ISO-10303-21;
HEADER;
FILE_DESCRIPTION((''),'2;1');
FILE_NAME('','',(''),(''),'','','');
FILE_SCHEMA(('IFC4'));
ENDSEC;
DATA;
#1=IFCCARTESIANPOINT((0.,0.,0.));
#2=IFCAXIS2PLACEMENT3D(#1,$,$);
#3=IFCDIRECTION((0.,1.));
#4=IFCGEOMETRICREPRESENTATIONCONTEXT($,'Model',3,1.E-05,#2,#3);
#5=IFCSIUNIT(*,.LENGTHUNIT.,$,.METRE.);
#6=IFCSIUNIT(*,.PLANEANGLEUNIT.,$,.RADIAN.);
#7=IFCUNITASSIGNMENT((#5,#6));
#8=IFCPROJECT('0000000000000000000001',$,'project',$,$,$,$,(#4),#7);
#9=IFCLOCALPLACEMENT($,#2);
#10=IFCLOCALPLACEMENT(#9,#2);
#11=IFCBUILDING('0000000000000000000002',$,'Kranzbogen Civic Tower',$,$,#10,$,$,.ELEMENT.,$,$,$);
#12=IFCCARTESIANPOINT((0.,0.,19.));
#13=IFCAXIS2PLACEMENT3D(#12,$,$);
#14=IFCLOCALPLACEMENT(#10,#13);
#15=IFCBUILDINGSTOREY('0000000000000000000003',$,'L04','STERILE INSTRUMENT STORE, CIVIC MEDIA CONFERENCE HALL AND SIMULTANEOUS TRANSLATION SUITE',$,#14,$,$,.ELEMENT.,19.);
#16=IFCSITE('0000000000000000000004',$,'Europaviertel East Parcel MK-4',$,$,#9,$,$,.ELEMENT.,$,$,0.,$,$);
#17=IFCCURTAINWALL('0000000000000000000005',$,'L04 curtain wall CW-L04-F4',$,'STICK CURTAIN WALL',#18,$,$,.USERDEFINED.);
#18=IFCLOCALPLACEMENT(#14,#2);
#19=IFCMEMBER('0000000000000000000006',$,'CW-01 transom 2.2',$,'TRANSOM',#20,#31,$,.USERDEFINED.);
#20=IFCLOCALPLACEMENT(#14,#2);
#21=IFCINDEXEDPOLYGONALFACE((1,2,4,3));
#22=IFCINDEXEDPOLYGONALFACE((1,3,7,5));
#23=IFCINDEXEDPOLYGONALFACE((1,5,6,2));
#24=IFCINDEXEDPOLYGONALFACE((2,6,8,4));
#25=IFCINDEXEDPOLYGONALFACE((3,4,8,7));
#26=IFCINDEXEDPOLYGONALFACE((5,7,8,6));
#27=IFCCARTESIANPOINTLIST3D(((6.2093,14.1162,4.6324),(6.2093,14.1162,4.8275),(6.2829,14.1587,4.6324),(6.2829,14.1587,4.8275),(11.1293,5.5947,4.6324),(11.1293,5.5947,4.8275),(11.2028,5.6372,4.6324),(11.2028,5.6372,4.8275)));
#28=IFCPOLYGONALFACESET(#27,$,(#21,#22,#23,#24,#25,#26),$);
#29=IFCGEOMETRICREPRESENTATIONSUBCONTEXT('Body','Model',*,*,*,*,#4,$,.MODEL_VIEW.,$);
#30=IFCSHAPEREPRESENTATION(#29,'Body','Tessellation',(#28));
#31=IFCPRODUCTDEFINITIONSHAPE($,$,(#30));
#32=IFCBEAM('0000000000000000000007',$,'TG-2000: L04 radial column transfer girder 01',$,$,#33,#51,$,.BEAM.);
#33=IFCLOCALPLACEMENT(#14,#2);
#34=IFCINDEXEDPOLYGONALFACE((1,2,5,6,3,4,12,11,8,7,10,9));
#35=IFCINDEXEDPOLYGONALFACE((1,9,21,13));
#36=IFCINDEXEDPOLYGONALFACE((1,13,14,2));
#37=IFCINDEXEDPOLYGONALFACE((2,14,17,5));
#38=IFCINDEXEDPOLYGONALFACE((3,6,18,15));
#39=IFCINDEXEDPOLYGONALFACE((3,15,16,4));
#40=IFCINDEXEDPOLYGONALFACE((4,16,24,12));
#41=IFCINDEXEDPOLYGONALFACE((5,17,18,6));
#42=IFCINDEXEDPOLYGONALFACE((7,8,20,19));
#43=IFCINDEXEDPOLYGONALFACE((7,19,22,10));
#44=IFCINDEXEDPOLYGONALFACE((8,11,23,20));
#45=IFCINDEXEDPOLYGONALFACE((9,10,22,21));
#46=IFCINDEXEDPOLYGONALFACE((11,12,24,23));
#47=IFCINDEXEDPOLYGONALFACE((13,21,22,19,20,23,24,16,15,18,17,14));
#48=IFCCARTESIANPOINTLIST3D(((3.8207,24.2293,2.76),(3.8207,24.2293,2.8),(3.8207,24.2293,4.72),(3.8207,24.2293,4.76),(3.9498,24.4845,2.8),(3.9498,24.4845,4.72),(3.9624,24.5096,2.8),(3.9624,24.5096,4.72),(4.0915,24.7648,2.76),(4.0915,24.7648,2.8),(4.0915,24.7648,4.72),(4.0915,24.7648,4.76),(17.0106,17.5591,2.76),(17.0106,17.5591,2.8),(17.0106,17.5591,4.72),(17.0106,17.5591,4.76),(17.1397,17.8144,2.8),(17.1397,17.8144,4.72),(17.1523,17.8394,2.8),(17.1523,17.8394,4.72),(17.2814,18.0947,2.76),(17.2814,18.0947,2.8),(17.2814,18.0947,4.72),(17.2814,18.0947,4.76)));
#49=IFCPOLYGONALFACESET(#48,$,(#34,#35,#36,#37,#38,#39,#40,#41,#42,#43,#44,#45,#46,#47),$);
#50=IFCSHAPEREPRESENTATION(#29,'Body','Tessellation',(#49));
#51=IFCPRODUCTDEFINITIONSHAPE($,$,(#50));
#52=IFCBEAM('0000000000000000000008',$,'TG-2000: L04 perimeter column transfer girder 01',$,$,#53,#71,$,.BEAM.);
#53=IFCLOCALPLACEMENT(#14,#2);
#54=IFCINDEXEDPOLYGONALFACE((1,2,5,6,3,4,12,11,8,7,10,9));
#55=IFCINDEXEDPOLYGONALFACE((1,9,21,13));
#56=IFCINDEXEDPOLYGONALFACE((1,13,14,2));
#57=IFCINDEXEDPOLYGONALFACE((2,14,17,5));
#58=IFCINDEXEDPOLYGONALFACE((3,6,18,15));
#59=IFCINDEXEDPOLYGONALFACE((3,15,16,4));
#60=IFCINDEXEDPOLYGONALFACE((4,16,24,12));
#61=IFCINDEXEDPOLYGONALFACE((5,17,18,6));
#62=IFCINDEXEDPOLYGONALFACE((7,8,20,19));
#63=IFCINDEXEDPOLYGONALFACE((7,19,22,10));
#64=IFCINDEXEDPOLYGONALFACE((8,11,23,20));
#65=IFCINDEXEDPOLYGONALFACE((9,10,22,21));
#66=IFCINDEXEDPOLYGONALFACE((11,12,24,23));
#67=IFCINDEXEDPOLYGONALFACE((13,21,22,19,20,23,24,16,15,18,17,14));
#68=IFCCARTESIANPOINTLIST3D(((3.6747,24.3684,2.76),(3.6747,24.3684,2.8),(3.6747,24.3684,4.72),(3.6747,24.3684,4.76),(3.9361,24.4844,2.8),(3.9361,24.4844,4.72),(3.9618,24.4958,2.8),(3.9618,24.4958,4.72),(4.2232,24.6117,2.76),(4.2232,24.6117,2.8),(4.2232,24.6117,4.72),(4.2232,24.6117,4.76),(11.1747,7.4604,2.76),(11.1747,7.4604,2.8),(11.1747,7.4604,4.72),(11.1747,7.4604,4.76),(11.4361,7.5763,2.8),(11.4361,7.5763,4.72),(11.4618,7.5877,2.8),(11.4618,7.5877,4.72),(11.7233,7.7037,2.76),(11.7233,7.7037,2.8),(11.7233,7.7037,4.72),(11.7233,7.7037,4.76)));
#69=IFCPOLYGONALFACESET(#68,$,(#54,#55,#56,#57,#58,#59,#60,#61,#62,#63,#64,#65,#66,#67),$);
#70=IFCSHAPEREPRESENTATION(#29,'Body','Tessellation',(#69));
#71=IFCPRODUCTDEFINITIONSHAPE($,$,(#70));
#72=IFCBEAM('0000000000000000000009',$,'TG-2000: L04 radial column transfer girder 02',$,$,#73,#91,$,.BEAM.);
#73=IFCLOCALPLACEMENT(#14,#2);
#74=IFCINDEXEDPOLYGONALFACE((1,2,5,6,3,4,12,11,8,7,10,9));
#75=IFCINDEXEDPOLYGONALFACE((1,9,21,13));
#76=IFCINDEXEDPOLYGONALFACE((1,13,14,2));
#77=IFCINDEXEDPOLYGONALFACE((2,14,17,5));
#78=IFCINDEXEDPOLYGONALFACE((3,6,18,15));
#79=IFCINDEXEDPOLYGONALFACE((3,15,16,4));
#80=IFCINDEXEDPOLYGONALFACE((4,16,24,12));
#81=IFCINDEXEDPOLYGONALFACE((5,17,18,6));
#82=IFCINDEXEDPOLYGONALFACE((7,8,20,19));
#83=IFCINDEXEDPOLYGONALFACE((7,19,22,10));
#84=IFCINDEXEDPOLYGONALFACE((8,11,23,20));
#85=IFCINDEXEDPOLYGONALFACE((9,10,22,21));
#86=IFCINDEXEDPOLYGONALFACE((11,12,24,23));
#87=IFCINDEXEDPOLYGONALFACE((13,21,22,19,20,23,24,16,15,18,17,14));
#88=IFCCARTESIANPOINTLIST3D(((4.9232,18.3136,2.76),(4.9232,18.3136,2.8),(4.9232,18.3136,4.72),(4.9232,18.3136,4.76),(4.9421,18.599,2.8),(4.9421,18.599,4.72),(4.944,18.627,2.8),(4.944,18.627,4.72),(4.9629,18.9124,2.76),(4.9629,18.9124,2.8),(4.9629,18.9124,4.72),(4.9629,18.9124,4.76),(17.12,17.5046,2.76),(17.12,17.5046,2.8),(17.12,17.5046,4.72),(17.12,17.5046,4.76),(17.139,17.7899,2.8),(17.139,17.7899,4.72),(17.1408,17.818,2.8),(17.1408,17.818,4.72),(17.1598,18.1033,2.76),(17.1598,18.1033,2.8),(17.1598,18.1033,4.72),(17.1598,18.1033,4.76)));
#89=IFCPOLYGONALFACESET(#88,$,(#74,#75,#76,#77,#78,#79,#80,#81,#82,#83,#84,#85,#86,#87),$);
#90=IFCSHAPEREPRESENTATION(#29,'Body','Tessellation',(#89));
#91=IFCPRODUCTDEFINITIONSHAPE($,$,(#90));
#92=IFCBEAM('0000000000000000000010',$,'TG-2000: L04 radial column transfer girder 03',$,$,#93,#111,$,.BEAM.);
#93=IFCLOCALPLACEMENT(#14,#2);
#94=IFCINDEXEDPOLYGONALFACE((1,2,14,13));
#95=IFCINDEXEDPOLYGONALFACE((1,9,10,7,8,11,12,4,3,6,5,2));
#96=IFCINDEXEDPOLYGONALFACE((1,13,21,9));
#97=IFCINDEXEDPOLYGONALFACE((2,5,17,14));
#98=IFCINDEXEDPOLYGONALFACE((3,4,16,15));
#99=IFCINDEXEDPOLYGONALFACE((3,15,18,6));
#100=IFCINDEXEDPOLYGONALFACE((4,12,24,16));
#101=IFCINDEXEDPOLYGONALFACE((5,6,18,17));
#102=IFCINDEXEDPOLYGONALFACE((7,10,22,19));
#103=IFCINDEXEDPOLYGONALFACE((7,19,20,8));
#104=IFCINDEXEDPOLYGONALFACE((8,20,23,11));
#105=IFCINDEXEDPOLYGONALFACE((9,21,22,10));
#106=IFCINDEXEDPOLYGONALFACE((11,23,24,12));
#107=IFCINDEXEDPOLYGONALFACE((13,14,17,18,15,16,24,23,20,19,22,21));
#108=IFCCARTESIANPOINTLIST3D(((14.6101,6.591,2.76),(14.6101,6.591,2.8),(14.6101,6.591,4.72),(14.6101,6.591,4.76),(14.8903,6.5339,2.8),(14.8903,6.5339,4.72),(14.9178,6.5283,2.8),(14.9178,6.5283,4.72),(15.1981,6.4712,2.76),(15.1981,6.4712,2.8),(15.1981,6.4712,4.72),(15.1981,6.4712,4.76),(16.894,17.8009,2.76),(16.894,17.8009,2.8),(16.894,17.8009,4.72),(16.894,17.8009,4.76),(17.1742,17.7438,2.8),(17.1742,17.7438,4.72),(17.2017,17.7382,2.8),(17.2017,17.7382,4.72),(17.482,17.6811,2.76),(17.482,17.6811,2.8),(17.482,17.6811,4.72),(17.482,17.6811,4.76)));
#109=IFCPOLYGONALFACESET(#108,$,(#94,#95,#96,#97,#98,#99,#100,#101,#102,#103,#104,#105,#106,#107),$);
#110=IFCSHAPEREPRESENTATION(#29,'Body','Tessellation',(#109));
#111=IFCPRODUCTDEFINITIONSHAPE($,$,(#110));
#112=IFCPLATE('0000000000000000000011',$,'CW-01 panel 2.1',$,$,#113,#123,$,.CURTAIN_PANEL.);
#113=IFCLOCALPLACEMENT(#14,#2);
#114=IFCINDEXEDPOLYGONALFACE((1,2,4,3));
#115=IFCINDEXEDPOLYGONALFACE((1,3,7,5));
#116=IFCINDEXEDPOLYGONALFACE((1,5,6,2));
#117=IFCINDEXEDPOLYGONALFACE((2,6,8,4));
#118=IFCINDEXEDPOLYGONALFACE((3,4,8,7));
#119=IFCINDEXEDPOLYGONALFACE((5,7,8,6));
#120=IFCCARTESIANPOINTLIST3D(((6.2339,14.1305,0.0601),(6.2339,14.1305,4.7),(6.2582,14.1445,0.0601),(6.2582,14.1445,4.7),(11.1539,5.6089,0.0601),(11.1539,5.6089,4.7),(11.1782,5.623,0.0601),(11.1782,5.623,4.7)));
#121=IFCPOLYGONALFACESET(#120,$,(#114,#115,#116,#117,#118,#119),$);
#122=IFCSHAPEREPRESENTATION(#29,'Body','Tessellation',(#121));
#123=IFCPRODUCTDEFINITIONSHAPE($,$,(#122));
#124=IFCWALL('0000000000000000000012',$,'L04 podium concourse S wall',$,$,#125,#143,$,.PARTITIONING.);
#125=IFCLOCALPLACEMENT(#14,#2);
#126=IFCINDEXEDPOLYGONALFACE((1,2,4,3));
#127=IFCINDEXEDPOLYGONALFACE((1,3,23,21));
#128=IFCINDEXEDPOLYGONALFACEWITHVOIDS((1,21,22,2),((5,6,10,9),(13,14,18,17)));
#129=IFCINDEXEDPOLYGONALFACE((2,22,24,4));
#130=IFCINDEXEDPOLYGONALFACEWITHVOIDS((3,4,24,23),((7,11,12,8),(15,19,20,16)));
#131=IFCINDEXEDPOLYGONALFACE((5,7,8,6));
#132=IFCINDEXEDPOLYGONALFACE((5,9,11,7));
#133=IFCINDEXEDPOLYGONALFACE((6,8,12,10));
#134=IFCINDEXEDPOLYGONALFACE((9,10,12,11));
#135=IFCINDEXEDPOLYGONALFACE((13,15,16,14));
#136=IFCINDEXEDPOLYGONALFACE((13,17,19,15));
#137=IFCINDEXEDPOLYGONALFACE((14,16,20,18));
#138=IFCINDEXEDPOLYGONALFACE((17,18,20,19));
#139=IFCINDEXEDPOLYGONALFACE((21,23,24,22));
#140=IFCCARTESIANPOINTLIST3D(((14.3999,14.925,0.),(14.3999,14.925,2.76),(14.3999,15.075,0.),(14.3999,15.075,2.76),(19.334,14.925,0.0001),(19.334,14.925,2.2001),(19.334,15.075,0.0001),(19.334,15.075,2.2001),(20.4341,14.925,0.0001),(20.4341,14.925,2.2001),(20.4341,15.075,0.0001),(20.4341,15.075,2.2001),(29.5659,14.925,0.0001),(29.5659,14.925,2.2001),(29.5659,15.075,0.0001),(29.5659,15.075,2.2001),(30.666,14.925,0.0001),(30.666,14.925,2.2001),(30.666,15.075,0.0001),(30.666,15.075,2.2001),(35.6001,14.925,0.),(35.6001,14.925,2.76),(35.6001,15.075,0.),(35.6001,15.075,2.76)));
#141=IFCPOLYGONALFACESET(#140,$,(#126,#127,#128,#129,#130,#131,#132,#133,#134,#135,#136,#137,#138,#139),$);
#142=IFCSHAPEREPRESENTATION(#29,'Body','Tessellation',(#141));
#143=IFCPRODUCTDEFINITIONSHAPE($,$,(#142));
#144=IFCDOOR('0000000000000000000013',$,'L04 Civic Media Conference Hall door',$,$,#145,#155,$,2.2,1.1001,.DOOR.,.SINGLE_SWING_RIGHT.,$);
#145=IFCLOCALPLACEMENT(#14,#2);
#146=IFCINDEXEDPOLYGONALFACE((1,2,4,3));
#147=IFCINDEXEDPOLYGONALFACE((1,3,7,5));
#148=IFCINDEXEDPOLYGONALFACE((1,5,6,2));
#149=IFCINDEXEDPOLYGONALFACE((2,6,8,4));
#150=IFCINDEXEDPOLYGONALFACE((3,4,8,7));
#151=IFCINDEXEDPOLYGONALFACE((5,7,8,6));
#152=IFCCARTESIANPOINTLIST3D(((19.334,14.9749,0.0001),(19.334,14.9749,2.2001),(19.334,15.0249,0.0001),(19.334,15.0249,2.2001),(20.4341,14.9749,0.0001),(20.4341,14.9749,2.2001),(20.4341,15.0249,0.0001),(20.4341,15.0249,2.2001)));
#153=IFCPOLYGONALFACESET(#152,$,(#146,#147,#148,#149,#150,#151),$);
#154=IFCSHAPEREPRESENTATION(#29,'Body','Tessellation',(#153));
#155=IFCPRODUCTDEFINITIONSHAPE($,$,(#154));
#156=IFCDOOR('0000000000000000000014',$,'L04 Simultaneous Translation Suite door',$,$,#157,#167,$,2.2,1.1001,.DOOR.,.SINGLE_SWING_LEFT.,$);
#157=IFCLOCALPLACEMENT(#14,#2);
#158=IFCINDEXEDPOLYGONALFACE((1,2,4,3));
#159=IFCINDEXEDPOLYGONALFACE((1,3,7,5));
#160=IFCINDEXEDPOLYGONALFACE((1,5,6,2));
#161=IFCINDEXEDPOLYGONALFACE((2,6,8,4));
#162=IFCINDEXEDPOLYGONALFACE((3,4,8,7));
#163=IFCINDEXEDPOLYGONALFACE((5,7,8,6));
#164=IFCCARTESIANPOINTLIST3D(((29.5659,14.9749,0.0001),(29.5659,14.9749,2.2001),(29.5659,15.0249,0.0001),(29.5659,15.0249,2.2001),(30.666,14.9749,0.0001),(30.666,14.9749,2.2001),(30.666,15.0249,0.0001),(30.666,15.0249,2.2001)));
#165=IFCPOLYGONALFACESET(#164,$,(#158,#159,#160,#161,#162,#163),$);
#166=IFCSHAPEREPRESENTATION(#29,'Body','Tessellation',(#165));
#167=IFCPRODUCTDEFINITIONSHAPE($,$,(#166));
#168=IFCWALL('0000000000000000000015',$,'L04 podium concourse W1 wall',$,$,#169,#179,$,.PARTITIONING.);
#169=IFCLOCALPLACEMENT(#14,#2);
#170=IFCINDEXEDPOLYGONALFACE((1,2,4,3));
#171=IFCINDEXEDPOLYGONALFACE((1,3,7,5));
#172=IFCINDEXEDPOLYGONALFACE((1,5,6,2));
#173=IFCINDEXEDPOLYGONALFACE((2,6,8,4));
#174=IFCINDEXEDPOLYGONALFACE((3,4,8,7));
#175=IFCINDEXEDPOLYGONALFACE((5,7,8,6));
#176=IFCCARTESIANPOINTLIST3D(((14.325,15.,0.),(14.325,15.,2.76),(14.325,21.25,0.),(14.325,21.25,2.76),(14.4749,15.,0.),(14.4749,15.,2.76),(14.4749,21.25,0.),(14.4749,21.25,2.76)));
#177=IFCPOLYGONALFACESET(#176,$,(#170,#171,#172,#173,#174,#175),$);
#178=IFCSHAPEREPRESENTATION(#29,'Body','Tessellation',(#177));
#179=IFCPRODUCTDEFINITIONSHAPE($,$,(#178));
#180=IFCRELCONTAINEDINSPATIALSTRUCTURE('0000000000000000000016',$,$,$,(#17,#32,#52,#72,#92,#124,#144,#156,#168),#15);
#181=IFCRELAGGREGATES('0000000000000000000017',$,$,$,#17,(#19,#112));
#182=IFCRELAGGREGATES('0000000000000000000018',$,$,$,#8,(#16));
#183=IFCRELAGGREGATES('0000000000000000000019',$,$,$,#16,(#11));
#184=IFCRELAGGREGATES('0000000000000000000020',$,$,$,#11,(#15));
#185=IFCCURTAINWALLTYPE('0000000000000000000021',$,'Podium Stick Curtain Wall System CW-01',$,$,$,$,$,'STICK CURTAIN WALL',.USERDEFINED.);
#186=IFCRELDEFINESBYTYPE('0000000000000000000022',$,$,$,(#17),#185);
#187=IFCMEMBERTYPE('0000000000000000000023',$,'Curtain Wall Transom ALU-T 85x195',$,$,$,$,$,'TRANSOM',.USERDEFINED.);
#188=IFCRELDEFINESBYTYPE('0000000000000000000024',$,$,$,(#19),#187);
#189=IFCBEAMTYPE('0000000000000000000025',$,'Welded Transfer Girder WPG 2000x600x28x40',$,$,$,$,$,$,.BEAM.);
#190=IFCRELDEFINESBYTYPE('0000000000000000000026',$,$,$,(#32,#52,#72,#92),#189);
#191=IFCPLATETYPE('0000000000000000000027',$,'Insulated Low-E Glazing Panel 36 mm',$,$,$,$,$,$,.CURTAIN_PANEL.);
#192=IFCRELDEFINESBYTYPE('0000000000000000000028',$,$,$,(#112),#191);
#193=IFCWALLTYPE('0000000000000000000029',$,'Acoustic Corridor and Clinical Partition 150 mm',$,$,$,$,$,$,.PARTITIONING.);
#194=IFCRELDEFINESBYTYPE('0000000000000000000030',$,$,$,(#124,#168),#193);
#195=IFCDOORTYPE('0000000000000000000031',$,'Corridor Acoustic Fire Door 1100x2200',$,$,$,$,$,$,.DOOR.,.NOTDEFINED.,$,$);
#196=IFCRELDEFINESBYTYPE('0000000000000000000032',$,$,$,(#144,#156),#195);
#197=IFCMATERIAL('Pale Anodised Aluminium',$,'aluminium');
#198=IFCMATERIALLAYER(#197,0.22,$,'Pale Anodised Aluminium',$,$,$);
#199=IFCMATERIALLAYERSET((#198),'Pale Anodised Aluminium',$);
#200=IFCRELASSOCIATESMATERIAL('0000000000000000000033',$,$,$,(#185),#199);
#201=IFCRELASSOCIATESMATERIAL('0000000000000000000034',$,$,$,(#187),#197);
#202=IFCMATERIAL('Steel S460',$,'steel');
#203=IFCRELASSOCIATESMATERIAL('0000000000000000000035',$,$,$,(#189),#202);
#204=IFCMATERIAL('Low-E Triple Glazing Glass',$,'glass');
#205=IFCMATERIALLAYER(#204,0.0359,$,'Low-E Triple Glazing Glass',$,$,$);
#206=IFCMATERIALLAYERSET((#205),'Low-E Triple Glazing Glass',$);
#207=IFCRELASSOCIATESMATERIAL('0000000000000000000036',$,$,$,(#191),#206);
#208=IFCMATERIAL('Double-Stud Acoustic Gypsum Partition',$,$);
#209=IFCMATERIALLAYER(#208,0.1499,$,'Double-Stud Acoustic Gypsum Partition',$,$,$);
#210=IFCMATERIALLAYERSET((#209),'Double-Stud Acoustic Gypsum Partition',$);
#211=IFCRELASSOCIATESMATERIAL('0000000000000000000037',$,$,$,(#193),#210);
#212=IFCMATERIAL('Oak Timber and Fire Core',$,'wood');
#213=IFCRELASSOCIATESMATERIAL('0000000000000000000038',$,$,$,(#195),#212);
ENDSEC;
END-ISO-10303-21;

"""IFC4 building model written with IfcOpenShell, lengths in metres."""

from ifc_helpers import new_model, si_unit, direction, frame, frame_2d, origin, origin_2d, place, context, subcontext, project, spatial, rectangle, i_section, extrude, material, layer, layer_set, material_profile, profile_set, type_object, element, fill, aggregate, save


model = new_model("IFC4")

# Units and contexts
model_context = context("Model", 3, precision=1e-05, world=origin(), true_north=direction((0.0, 1.0)))
body_context = subcontext(model_context, "Body", "Model", "MODEL_VIEW")
ifc_project = project(units=[si_unit("LENGTHUNIT", "METRE"), si_unit("PLANEANGLEUNIT", "RADIAN")], contexts=[model_context])

# Site, building, storey
site_placement = place(None, origin())
site = spatial("IfcSite", under=ifc_project, at=site_placement, Name="Europaviertel East Parcel MK-4", CompositionType="ELEMENT", RefElevation=0.0)
building_placement = place(site_placement, origin())
building = spatial("IfcBuilding", under=site, at=building_placement, Name="Kranzbogen Civic Tower", CompositionType="ELEMENT")
storey_placement = place(building_placement, frame((0.0, 0.0, 19.0)))
storey = spatial("IfcBuildingStorey", under=building, at=storey_placement, Name="L04", Description="STERILE INSTRUMENT STORE, CIVIC MEDIA CONFERENCE HALL AND SIMULTANEOUS TRANSLATION SUITE", CompositionType="ELEMENT", Elevation=19.0)

# Curtain wall, member
ifc_material_1 = material(Name="Pale Anodised Aluminium", Category="aluminium")
ifc_layer_1 = layer(ifc_material_1, 0.22, Name="Pale Anodised Aluminium")
ifc_layer_set_1 = layer_set([ifc_layer_1], Name="Pale Anodised Aluminium")
curtain_wall_type = type_object("IfcCurtainWallType", Name="Podium Stick Curtain Wall System CW-01", ElementType="STICK CURTAIN WALL", PredefinedType="USERDEFINED", material=ifc_layer_set_1)
curtain_wall_placement = place(storey_placement, origin())
curtain_wall = element("IfcCurtainWall", 1, at=curtain_wall_placement, inside=storey, type_object=curtain_wall_type, Name="L04 curtain wall CW-L04-F4", ObjectType="STICK CURTAIN WALL", PredefinedType="USERDEFINED")
ifc_material_profile_1 = material_profile(ifc_material_1, rectangle(XDim=0.085, YDim=0.1951, at=origin_2d()), Name="ALU-T 85x195")
ifc_profile_set_1 = profile_set([ifc_material_profile_1], Name="Pale Anodised Aluminium")
member_type = type_object("IfcMemberType", Name="Curtain Wall Transom ALU-T 85x195", ElementType="TRANSOM", PredefinedType="USERDEFINED", material=ifc_profile_set_1)
member_placement = place(storey_placement, frame((6.2461, 14.1375, 4.73), z_axis=(0.500003, -0.866024, 0.0), x_axis=(0.866024, 0.500003, 0.0)))
member = element("IfcMember", 2, at=member_placement, type_object=member_type, Name="CW-01 transom 2.2", ObjectType="TRANSOM", PredefinedType="USERDEFINED", context=body_context, shape_type="SweptSolid", body=[
    extrude(rectangle(XDim=0.085, YDim=0.1951, at=origin_2d()), origin(), (0.0, 0.0, 1.0), 9.8398),
])

# Beams
ifc_material_2 = material(Name="Steel S460", Category="steel")
ifc_material_profile_2 = material_profile(ifc_material_2, i_section(OverallWidth=0.6001, OverallDepth=2.0, WebThickness=0.0281, FlangeThickness=0.04, at=origin_2d()), Name="WPG 2000x600x28x40")
ifc_profile_set_2 = profile_set([ifc_material_profile_2], Name="Steel S460")
beam_type = type_object("IfcBeamType", Name="Welded Transfer Girder WPG 2000x600x28x40", PredefinedType="BEAM", material=ifc_profile_set_2)
beam_1_placement = place(storey_placement, frame((17.146, 17.8269, 3.76), z_axis=(-0.892383, 0.451279, 0.0), x_axis=(-0.451279, -0.892383, 0.0)))
element("IfcBeam", 3, at=beam_1_placement, inside=storey, type_object=beam_type, Name="TG-2000: L04 radial column transfer girder 01", PredefinedType="BEAM", context=body_context, shape_type="SweptSolid", body=[
    extrude(i_section(OverallWidth=0.6001, OverallDepth=2.0, WebThickness=0.0281, FlangeThickness=0.04, at=origin_2d()), origin(), (0.0, 0.0, 1.0), 14.7805),
])
beam_2_placement = place(storey_placement, frame((11.449, 7.582, 3.76), z_axis=(-0.405477, 0.914105, 0.0), x_axis=(-0.914105, -0.405477, 0.0)))
element("IfcBeam", 4, at=beam_2_placement, inside=storey, type_object=beam_type, Name="TG-2000: L04 perimeter column transfer girder 01", PredefinedType="BEAM", context=body_context, shape_type="SweptSolid", body=[
    extrude(i_section(OverallWidth=0.6001, OverallDepth=2.0, WebThickness=0.0281, FlangeThickness=0.04, at=origin_2d()), origin(), (0.0, 0.0, 1.0), 18.4968),
])
beam_3_placement = place(storey_placement, frame((17.1399, 17.804, 3.76), z_axis=(-0.997807, 0.06619, 0.0), x_axis=(-0.06619, -0.997807, 0.0)))
element("IfcBeam", 5, at=beam_3_placement, inside=storey, type_object=beam_type, Name="TG-2000: L04 radial column transfer girder 02", PredefinedType="BEAM", context=body_context, shape_type="SweptSolid", body=[
    extrude(i_section(OverallWidth=0.6001, OverallDepth=2.0, WebThickness=0.0281, FlangeThickness=0.04, at=origin_2d()), origin(), (0.0, 0.0, 1.0), 12.2236),
])
beam_4_placement = place(storey_placement, frame((17.188, 17.741, 3.76), z_axis=(-0.19964, -0.979869, 0.0), x_axis=(0.979869, -0.19964, 0.0)))
element("IfcBeam", 6, at=beam_4_placement, inside=storey, type_object=beam_type, Name="TG-2000: L04 radial column transfer girder 03", PredefinedType="BEAM", context=body_context, shape_type="SweptSolid", body=[
    extrude(i_section(OverallWidth=0.6001, OverallDepth=2.0, WebThickness=0.0281, FlangeThickness=0.04, at=origin_2d()), origin(), (0.0, 0.0, 1.0), 11.4402),
])

# Plate
ifc_material_3 = material(Name="Low-E Triple Glazing Glass", Category="glass")
ifc_layer_2 = layer(ifc_material_3, 0.0359, Name="Low-E Triple Glazing Glass")
ifc_layer_set_2 = layer_set([ifc_layer_2], Name="Low-E Triple Glazing Glass")
plate_type = type_object("IfcPlateType", Name="Insulated Low-E Glazing Panel 36 mm", PredefinedType="CURTAIN_PANEL", material=ifc_layer_set_2)
plate_placement = place(storey_placement, frame((8.7061, 9.8767, 0.0601), z_axis=(0.0, 0.0, 1.0), x_axis=(0.500006, -0.866022, 0.0)))
plate = element("IfcPlate", 7, at=plate_placement, type_object=plate_type, Name="CW-01 panel 2.1", PredefinedType="CURTAIN_PANEL", context=body_context, shape_type="SweptSolid", body=[
    extrude(rectangle(XDim=9.8398, YDim=0.0281, at=origin_2d()), origin(), (0.0, 0.0, 1.0), 4.6399),
])
aggregate(curtain_wall, [member, plate])

# Wall, openings, doors
ifc_material_4 = material(Name="Double-Stud Acoustic Gypsum Partition")
ifc_layer_3 = layer(ifc_material_4, 0.1499, Name="Double-Stud Acoustic Gypsum Partition")
ifc_layer_set_3 = layer_set([ifc_layer_3], Name="Double-Stud Acoustic Gypsum Partition")
wall_type_1 = type_object("IfcWallType", Name="Acoustic Corridor and Clinical Partition 150 mm", PredefinedType="PARTITIONING", material=ifc_layer_set_3)
wall_1_placement = place(storey_placement, frame((14.3999, 15.0, 0.0), z_axis=(0.0, 0.0, 1.0), x_axis=(1.0, 0.0, 0.0)))
wall_1 = element("IfcWall", 8, at=wall_1_placement, inside=storey, type_object=wall_type_1, Name="L04 podium concourse S wall", PredefinedType="PARTITIONING", context=body_context, shape_type="SweptSolid", body=[
    extrude(rectangle(XDim=21.2002, YDim=0.1499, at=frame_2d((10.6001, 0.0))), origin(), (0.0, 0.0, 1.0), 2.76),
])
opening_1_placement = place(wall_1_placement, frame((4.9341, 0.0, 0.0)))
opening_1 = element("IfcOpeningElement", 9, at=opening_1_placement, cuts=wall_1, PredefinedType="OPENING", context=body_context, shape_type="SweptSolid", body=[
    extrude(rectangle(XDim=1.1001, YDim=2.2, at=frame_2d((0.55, 1.1001))), frame((0.0, 0.085, 0.0), z_axis=(0.0, -1.0, 0.0), x_axis=(1.0, 0.0, 0.0)), (0.0, 0.0, 1.0), 0.1699),
])
opening_2_placement = place(wall_1_placement, frame((15.166, 0.0, 0.0)))
opening_2 = element("IfcOpeningElement", 10, at=opening_2_placement, cuts=wall_1, PredefinedType="OPENING", context=body_context, shape_type="SweptSolid", body=[
    extrude(rectangle(XDim=1.1001, YDim=2.2, at=frame_2d((0.55, 1.1001))), frame((0.0, 0.085, 0.0), z_axis=(0.0, -1.0, 0.0), x_axis=(1.0, 0.0, 0.0)), (0.0, 0.0, 1.0), 0.1699),
])
ifc_material_5 = material(Name="Oak Timber and Fire Core", Category="wood")
door_type_1 = type_object("IfcDoorType", Name="Corridor Acoustic Fire Door 1100x2200", OperationType="NOTDEFINED", PredefinedType="DOOR", material=ifc_material_5)
door_1_placement = place(opening_1_placement, origin())
door_1 = element("IfcDoor", 11, at=door_1_placement, inside=storey, type_object=door_type_1, Name="L04 Civic Media Conference Hall door", OperationType="SINGLE_SWING_RIGHT", OverallHeight=2.2, OverallWidth=1.1001, PredefinedType="DOOR", context=body_context, shape_type="SweptSolid", body=[
    extrude(rectangle(XDim=1.1001, YDim=2.2, at=frame_2d((0.55, 1.1001))), frame((0.0, 0.0249, 0.0), z_axis=(0.0, -1.0, 0.0), x_axis=(1.0, 0.0, 0.0)), (0.0, 0.0, 1.0), 0.05),
])
fill(opening_1, door_1)
door_2_placement = place(opening_2_placement, origin())
door_2 = element("IfcDoor", 12, at=door_2_placement, inside=storey, type_object=door_type_1, Name="L04 Simultaneous Translation Suite door", OperationType="SINGLE_SWING_LEFT", OverallHeight=2.2, OverallWidth=1.1001, PredefinedType="DOOR", context=body_context, shape_type="SweptSolid", body=[
    extrude(rectangle(XDim=1.1001, YDim=2.2, at=frame_2d((0.55, 1.1001))), frame((0.0, 0.0249, 0.0), z_axis=(0.0, -1.0, 0.0), x_axis=(1.0, 0.0, 0.0)), (0.0, 0.0, 1.0), 0.05),
])
fill(opening_2, door_2)

# Wall
wall_2_placement = place(storey_placement, frame((14.3999, 15.0, 0.0), z_axis=(0.0, 0.0, 1.0), x_axis=(0.0, 1.0, 0.0)))
element("IfcWall", 13, at=wall_2_placement, inside=storey, type_object=wall_type_1, Name="L04 podium concourse W1 wall", PredefinedType="PARTITIONING", context=body_context, shape_type="SweptSolid", body=[
    extrude(rectangle(XDim=6.25, YDim=0.1499, at=frame_2d((3.125, 0.0))), origin(), (0.0, 0.0, 1.0), 2.76),
])

save(model, "model.ifc")
